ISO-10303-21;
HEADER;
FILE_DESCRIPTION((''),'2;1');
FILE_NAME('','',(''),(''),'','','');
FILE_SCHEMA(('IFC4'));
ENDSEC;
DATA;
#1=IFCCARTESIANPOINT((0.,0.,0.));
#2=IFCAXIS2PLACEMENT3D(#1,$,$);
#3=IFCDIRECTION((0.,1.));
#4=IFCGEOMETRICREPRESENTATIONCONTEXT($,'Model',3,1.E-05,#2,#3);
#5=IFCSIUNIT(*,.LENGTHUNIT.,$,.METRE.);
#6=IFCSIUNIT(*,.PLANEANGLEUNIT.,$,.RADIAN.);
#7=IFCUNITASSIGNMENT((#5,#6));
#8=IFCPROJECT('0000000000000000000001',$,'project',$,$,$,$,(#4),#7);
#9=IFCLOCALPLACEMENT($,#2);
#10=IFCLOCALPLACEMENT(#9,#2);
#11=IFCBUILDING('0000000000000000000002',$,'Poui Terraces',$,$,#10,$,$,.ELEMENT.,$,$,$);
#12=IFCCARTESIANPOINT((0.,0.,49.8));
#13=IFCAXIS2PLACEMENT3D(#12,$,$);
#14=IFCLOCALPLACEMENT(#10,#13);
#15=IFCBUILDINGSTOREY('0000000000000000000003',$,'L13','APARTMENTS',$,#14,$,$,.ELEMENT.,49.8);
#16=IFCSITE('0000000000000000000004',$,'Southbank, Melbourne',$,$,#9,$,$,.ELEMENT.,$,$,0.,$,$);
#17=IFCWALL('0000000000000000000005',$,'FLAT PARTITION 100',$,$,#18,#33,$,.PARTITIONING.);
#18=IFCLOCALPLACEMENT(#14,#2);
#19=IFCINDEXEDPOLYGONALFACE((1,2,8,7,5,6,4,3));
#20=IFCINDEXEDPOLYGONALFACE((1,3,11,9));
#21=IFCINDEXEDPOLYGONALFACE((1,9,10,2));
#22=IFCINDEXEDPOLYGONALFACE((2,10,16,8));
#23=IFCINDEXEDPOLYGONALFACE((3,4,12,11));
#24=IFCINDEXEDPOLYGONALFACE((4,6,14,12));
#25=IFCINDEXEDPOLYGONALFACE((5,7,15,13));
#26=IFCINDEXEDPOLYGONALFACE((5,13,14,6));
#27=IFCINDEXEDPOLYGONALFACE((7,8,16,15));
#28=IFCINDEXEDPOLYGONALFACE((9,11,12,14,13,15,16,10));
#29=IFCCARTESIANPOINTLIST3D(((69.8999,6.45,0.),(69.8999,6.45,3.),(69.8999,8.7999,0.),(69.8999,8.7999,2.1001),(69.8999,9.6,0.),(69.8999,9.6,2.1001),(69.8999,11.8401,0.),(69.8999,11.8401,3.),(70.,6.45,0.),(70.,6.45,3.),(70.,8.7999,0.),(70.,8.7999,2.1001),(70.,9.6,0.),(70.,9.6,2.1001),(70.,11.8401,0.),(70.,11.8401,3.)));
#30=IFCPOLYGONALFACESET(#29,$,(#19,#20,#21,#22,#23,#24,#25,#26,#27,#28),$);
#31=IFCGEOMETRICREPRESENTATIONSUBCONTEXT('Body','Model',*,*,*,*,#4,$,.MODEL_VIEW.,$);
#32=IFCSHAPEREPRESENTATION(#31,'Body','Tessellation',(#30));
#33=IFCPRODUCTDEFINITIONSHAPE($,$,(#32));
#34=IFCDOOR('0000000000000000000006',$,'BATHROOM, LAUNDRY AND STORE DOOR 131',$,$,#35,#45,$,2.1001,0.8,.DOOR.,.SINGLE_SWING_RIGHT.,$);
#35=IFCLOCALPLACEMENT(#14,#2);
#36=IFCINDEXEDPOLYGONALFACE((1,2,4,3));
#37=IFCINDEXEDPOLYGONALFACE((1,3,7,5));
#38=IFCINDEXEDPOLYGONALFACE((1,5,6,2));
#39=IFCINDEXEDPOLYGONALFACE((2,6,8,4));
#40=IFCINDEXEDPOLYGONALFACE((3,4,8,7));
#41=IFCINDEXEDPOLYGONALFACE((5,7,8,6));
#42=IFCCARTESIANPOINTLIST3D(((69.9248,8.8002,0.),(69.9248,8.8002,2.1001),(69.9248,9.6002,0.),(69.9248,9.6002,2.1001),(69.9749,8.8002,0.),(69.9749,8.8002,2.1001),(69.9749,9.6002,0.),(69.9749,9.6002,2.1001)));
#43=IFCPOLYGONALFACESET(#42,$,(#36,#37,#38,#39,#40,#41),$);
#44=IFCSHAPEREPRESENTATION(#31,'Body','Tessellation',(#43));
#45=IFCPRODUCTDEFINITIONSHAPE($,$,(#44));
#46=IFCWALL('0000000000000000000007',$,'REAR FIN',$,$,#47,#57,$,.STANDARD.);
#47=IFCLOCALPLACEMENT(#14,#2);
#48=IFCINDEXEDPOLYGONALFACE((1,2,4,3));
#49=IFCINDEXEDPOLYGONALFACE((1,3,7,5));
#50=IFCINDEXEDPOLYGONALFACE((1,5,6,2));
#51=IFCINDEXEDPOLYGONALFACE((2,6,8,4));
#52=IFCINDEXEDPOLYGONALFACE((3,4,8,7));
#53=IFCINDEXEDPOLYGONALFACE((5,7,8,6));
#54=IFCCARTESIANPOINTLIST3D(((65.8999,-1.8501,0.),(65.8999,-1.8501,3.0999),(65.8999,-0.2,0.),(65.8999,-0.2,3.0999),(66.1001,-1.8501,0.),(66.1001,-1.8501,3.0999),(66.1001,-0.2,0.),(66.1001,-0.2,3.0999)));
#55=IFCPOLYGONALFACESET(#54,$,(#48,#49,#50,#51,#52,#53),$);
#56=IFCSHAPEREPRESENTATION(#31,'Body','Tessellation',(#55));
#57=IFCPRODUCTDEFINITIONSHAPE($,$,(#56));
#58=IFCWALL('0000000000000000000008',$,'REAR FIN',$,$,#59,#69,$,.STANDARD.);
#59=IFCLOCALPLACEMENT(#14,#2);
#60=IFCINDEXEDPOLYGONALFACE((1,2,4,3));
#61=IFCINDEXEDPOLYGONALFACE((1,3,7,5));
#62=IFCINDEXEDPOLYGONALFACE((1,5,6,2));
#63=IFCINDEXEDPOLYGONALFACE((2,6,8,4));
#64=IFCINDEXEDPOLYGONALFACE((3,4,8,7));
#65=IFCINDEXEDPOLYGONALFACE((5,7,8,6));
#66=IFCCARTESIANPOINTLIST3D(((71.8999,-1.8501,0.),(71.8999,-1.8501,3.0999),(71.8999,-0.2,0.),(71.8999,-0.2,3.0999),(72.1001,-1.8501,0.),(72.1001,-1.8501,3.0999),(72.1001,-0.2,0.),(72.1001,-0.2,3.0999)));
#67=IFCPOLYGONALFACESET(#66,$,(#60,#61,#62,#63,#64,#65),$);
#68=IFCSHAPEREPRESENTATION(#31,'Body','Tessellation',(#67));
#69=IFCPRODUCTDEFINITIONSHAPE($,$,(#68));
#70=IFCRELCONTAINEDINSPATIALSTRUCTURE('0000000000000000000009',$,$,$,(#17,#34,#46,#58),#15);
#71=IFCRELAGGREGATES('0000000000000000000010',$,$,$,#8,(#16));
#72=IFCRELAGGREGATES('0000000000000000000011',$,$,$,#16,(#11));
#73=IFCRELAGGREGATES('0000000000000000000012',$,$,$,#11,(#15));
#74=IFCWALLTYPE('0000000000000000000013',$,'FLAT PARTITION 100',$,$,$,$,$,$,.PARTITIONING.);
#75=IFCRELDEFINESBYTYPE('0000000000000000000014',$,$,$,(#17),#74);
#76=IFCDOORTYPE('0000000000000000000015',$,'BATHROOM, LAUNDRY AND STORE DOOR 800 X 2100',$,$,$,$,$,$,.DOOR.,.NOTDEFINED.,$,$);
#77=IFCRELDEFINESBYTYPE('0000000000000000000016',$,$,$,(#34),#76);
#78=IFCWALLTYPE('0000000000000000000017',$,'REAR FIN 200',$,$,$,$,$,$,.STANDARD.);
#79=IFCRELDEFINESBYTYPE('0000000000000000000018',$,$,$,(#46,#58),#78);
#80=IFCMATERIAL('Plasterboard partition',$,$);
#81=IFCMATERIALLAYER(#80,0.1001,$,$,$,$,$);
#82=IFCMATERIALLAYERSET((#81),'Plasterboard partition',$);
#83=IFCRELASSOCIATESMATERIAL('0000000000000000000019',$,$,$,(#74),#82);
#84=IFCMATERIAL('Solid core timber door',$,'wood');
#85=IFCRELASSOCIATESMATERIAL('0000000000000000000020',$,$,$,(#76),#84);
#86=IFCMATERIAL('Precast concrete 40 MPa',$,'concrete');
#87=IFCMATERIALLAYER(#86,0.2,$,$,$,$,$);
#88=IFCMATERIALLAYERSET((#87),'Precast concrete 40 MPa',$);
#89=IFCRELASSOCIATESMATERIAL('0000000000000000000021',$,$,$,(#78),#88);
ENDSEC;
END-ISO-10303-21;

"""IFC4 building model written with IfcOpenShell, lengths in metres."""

from ifc_helpers import new_model, si_unit, direction, frame, frame_2d, origin, place, context, subcontext, project, spatial, polyline, rectangle, outline, extrude, source, transform, mapped, material, layer, layer_set, type_object, element, fill, save


model = new_model("IFC4")

# Units and contexts
model_context = context("Model", 3, precision=1e-05, world=origin(), true_north=direction((0.0, 1.0)))
body_context = subcontext(model_context, "Body", "Model", "MODEL_VIEW")
ifc_project = project(units=[si_unit("LENGTHUNIT", "METRE"), si_unit("PLANEANGLEUNIT", "RADIAN")], contexts=[model_context])

# Site, building, storey
site_placement = place(None, origin())
site = spatial("IfcSite", under=ifc_project, at=site_placement, Name="Southbank, Melbourne", CompositionType="ELEMENT", RefElevation=0.0)
building_placement = place(site_placement, origin())
building = spatial("IfcBuilding", under=site, at=building_placement, Name="Poui Terraces", CompositionType="ELEMENT")
storey_placement = place(building_placement, frame((0.0, 0.0, 49.8)))
storey = spatial("IfcBuildingStorey", under=building, at=storey_placement, Name="L13", Description="APARTMENTS", CompositionType="ELEMENT", Elevation=49.8)

# Shared definitions
ifc_material_1 = material(Name="Solid core timber door", Category="wood")

# Shared definitions
ifc_material_2 = material(Name="Plasterboard partition")
ifc_layer_1 = layer(ifc_material_2, 0.1001)
ifc_layer_set_1 = layer_set([ifc_layer_1], Name="Plasterboard partition")
wall_type_1 = type_object("IfcWallType", Name="FLAT PARTITION 100", PredefinedType="PARTITIONING", material=ifc_layer_set_1)

# Wall, opening, door
wall_1_placement = place(storey_placement, frame((69.95, 6.45, 0.0), z_axis=(0.0, 0.0, 1.0), x_axis=(0.0, 1.0, 0.0)))
wall_1 = element("IfcWall", 1, at=wall_1_placement, inside=storey, type_object=wall_type_1, Name="FLAT PARTITION 100", PredefinedType="PARTITIONING", context=body_context, shape_type="SweptSolid", body=[
    extrude(rectangle(XDim=5.3901, YDim=0.1001, at=frame_2d((2.6951, 0.0))), origin(), (0.0, 0.0, 1.0), 3.0),
])
opening_1_placement = place(wall_1_placement, frame((2.3501, 0.0, 0.0)))
opening_1 = element("IfcOpeningElement", 2, at=opening_1_placement, cuts=wall_1, PredefinedType="OPENING", context=body_context, shape_type="SweptSolid", body=[
    extrude(rectangle(XDim=0.8, YDim=2.1001, at=frame_2d((0.3999, 1.05))), frame((0.0, 0.0601, 0.0), z_axis=(0.0, -1.0, 0.0), x_axis=(1.0, 0.0, 0.0)), (0.0, 0.0, 1.0), 0.1201),
])
door_type_1 = type_object("IfcDoorType", Name="BATHROOM, LAUNDRY AND STORE DOOR 800 X 2100", OperationType="NOTDEFINED", PredefinedType="DOOR", material=ifc_material_1)
door_1_placement = place(opening_1_placement, frame((0.8, 0.0, 0.0), z_axis=(0.0, 0.0, 1.0), x_axis=(-1.0, 0.0, 0.0)))
door_1 = element("IfcDoor", 3, at=door_1_placement, inside=storey, type_object=door_type_1, Name="BATHROOM, LAUNDRY AND STORE DOOR 131", OperationType="SINGLE_SWING_RIGHT", OverallHeight=2.1001, OverallWidth=0.8, PredefinedType="DOOR", context=body_context, shape_type="SweptSolid", body=[
    extrude(rectangle(XDim=0.8, YDim=2.1001, at=frame_2d((0.3999, 1.05))), frame((0.0, 0.0249, 0.0), z_axis=(0.0, -1.0, 0.0), x_axis=(1.0, 0.0, 0.0)), (0.0, 0.0, 1.0), 0.05),
])
fill(opening_1, door_1)

# Walls
ifc_material_3 = material(Name="Precast concrete 40 MPa", Category="concrete")
ifc_layer_2 = layer(ifc_material_3, 0.2)
ifc_layer_set_2 = layer_set([ifc_layer_2], Name="Precast concrete 40 MPa")
wall_type_2 = type_object("IfcWallType", Name="REAR FIN 200", PredefinedType="STANDARD", material=ifc_layer_set_2)
shared_shape_1 = source(origin(), body_context, "Body", "SweptSolid", [
    extrude(outline(polyline([(0.0, 0.0), (0.2002, 0.0), (0.2002, 1.6501), (0.0, 1.6501), (0.0, 0.0)])), origin(), (0.0, 0.0, 1.0), 3.0999),
])
for number, where, name in (
    (4, (65.8999, -1.8501, 0.0), "REAR FIN"),
    (5, (71.8999, -1.8501, 0.0), "REAR FIN"),
):
    element("IfcWall", number, at=place(storey_placement, frame(where)), inside=storey, type_object=wall_type_2, Name=name, PredefinedType="STANDARD", context=body_context, shape_type="MappedRepresentation", body=[
        mapped(shared_shape_1, transform((0.0, 0.0, 0.0))),
    ])

save(model, "model.ifc")
